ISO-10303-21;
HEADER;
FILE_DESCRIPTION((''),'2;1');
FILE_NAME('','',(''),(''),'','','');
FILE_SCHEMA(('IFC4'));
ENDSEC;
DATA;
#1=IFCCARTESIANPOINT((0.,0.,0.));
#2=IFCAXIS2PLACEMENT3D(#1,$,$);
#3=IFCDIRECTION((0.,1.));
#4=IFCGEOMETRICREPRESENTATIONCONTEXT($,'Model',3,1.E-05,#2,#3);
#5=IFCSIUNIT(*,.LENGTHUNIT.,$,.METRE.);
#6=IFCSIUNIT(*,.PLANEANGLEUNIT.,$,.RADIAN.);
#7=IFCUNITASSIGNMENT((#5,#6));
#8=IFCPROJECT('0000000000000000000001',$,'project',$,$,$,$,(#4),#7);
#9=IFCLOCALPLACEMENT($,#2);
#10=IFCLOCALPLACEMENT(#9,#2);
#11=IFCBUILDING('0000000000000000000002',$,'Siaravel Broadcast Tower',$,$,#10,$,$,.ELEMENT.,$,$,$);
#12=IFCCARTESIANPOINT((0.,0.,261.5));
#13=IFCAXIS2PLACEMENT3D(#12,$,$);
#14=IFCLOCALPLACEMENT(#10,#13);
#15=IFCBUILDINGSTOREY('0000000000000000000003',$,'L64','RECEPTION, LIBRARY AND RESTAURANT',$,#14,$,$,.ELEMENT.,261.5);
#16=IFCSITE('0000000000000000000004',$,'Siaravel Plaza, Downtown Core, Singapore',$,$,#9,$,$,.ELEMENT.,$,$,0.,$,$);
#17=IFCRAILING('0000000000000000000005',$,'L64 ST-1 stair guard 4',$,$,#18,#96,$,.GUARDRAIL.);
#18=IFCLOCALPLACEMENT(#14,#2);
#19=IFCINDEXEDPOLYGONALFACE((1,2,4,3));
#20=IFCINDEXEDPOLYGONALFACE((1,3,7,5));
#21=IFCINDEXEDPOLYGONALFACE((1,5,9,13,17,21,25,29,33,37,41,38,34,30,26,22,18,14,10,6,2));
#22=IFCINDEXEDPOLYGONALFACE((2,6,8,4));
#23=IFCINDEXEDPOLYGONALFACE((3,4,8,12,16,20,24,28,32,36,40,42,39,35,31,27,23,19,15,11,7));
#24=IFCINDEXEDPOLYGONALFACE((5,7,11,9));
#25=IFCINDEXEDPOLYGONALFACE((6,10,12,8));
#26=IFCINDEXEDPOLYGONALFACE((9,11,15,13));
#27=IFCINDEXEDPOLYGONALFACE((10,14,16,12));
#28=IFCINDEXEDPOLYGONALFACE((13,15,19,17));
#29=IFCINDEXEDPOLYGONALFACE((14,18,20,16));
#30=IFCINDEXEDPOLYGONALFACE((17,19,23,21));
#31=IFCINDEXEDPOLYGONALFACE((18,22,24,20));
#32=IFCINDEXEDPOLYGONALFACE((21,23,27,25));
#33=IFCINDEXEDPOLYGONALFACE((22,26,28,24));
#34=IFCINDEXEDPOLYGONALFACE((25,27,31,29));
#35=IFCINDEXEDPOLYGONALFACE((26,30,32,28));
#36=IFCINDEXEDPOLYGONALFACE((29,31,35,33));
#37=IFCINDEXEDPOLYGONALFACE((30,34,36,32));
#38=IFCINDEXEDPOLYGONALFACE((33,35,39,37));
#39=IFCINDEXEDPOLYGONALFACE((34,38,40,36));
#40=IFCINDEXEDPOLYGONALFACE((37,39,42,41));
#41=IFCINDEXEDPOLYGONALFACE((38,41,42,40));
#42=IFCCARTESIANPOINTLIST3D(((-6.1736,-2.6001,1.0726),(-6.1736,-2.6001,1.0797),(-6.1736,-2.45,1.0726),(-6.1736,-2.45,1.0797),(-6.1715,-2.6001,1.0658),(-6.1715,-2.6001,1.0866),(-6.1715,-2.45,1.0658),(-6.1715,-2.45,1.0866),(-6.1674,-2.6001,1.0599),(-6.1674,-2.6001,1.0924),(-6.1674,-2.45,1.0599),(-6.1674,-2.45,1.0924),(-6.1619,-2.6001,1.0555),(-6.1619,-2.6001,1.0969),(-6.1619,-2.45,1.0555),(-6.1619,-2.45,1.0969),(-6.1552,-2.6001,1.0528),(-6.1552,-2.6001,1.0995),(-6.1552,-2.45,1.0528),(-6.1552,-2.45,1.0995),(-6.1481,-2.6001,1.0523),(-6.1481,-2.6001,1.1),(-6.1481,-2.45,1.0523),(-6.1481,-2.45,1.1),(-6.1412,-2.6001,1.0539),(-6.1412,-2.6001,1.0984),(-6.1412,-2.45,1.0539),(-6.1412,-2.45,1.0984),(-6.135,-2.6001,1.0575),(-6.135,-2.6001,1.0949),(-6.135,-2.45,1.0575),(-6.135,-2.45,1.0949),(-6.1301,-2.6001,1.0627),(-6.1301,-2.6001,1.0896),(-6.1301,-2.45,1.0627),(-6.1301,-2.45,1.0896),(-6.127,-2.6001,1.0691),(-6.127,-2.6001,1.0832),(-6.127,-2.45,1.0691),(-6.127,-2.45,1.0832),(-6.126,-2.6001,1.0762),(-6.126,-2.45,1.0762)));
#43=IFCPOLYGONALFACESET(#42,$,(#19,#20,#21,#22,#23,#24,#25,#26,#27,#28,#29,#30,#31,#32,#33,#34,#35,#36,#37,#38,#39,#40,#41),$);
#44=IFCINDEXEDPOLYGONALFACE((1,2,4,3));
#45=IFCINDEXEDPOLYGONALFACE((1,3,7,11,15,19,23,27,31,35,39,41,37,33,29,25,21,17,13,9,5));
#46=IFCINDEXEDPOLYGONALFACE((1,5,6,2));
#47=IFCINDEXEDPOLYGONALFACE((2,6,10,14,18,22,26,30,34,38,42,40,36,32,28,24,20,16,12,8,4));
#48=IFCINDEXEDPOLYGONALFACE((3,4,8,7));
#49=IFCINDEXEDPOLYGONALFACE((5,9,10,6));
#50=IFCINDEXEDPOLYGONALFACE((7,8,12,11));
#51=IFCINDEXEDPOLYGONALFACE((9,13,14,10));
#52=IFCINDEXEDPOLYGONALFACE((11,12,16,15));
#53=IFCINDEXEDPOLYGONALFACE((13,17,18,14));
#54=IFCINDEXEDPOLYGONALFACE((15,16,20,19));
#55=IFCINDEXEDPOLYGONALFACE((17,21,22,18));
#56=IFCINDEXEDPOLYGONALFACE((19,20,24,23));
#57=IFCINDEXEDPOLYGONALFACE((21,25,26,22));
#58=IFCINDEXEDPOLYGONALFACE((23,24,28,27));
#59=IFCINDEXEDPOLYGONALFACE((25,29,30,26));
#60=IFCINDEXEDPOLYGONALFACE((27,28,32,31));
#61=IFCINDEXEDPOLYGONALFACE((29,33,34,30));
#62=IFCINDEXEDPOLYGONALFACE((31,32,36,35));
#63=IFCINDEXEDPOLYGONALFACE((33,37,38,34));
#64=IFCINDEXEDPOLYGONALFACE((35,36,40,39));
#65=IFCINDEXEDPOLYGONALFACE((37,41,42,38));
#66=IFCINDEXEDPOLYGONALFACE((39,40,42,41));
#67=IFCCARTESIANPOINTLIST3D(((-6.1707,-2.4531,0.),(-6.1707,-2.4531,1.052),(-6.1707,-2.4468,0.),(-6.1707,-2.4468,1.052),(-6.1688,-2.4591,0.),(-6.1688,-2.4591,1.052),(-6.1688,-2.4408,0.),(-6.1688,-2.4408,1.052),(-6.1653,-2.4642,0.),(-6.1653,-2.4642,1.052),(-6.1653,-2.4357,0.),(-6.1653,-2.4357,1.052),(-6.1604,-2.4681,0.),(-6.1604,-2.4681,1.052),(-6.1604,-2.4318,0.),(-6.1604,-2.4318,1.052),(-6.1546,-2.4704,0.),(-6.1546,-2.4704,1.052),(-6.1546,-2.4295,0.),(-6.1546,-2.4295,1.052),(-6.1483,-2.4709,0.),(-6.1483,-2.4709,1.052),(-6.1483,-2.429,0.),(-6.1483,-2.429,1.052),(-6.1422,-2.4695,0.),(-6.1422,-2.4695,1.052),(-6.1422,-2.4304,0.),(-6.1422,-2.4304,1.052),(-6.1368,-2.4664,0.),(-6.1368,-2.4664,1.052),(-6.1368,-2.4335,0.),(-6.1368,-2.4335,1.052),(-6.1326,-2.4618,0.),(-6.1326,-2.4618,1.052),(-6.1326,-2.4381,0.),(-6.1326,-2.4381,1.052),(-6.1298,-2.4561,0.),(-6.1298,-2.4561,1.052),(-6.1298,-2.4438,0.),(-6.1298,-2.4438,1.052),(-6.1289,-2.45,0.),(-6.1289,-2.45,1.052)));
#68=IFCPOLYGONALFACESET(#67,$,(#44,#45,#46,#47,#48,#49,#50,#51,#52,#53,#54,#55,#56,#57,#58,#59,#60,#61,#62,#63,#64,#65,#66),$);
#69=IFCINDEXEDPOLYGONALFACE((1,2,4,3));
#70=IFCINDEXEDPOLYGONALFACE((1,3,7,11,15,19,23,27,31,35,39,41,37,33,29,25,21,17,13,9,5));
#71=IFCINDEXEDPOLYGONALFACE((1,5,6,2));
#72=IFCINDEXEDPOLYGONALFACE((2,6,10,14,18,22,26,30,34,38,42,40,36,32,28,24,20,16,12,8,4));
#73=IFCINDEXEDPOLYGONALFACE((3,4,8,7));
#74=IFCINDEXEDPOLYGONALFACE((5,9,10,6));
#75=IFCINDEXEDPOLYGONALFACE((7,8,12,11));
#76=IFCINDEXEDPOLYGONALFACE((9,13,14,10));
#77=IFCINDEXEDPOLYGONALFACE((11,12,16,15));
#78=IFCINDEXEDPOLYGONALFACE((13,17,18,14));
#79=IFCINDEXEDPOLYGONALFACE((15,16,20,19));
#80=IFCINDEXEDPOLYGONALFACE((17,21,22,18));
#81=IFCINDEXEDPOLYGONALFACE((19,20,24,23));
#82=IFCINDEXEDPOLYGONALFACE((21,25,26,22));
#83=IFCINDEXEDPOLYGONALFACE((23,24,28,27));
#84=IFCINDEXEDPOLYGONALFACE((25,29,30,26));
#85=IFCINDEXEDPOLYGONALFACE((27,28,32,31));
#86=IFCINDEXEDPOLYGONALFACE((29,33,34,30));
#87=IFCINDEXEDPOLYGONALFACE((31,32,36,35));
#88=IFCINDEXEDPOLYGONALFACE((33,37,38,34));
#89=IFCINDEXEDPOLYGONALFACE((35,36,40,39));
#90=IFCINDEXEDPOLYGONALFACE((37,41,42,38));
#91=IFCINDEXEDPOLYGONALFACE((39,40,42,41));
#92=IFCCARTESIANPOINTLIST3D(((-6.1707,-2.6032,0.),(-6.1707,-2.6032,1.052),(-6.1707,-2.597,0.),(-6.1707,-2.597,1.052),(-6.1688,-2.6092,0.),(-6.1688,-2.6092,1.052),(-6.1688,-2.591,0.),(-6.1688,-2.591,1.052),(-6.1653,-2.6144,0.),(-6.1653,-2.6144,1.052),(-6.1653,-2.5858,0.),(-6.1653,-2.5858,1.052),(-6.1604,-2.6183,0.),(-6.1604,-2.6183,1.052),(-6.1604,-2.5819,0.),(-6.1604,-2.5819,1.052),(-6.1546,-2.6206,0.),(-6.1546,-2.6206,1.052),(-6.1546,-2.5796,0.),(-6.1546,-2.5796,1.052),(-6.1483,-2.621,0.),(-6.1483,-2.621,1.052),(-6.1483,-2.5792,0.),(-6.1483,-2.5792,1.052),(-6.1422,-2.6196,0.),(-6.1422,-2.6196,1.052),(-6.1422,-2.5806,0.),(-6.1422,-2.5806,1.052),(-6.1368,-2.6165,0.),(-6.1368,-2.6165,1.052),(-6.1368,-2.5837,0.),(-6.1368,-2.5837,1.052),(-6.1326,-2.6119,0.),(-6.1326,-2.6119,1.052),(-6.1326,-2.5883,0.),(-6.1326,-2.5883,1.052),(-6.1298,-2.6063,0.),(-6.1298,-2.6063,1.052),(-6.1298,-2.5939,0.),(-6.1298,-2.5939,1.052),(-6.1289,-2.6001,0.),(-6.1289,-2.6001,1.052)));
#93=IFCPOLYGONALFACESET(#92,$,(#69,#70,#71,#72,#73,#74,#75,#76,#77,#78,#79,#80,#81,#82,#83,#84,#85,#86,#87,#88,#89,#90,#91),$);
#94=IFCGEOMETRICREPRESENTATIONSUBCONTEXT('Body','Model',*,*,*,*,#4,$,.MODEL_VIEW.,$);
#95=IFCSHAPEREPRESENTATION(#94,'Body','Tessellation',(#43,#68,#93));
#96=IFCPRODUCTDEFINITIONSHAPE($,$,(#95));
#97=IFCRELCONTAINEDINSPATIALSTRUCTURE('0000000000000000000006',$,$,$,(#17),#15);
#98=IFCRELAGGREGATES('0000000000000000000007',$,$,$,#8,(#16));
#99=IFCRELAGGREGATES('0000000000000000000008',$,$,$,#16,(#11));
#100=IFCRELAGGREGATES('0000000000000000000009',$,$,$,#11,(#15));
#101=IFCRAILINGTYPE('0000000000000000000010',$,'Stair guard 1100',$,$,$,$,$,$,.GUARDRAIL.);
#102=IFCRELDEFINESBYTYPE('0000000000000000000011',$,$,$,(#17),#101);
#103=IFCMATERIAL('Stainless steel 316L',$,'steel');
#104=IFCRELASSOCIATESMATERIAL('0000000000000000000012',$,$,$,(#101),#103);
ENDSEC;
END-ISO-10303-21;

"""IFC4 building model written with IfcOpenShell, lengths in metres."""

from ifc_helpers import new_model, si_unit, direction, frame, origin, origin_2d, place, context, subcontext, project, spatial, circle, extrude, material, type_object, element, save


model = new_model("IFC4")

# Units and contexts
model_context = context("Model", 3, precision=1e-05, world=origin(), true_north=direction((0.0, 1.0)))
body_context = subcontext(model_context, "Body", "Model", "MODEL_VIEW")
ifc_project = project(units=[si_unit("LENGTHUNIT", "METRE"), si_unit("PLANEANGLEUNIT", "RADIAN")], contexts=[model_context])

# Site, building, storey
site_placement = place(None, origin())
site = spatial("IfcSite", under=ifc_project, at=site_placement, Name="Siaravel Plaza, Downtown Core, Singapore", CompositionType="ELEMENT", RefElevation=0.0)
building_placement = place(site_placement, origin())
building = spatial("IfcBuilding", under=site, at=building_placement, Name="Siaravel Broadcast Tower", CompositionType="ELEMENT")
storey_placement = place(building_placement, frame((0.0, 0.0, 261.5)))
storey = spatial("IfcBuildingStorey", under=building, at=storey_placement, Name="L64", Description="RECEPTION, LIBRARY AND RESTAURANT", CompositionType="ELEMENT", Elevation=261.5)

# Shared definitions
ifc_material_1 = material(Name="Stainless steel 316L", Category="steel")

# Railing
railing_type_1 = type_object("IfcRailingType", Name="Stair guard 1100", PredefinedType="GUARDRAIL", material=ifc_material_1)
railing_1_placement = place(storey_placement, frame((-6.1499, -2.45, 0.0)))
element("IfcRailing", 1, at=railing_1_placement, inside=storey, type_object=railing_type_1, Name="L64 ST-1 stair guard 4", PredefinedType="GUARDRAIL", context=body_context, shape_type="SweptSolid", body=[
    extrude(circle(Radius=0.0239, at=origin_2d()), frame((0.0, 0.0, 1.0762), z_axis=(0.0, -1.0, 0.0), x_axis=(1.0, 0.0, 0.0)), (0.0, 0.0, 1.0), 0.1501),
    extrude(circle(Radius=0.021, at=origin_2d()), origin(), (0.0, 0.0, 1.0), 1.052),
    extrude(circle(Radius=0.021, at=origin_2d()), frame((0.0, -0.1501, 0.0)), (0.0, 0.0, 1.0), 1.052),
])

save(model, "model.ifc")
